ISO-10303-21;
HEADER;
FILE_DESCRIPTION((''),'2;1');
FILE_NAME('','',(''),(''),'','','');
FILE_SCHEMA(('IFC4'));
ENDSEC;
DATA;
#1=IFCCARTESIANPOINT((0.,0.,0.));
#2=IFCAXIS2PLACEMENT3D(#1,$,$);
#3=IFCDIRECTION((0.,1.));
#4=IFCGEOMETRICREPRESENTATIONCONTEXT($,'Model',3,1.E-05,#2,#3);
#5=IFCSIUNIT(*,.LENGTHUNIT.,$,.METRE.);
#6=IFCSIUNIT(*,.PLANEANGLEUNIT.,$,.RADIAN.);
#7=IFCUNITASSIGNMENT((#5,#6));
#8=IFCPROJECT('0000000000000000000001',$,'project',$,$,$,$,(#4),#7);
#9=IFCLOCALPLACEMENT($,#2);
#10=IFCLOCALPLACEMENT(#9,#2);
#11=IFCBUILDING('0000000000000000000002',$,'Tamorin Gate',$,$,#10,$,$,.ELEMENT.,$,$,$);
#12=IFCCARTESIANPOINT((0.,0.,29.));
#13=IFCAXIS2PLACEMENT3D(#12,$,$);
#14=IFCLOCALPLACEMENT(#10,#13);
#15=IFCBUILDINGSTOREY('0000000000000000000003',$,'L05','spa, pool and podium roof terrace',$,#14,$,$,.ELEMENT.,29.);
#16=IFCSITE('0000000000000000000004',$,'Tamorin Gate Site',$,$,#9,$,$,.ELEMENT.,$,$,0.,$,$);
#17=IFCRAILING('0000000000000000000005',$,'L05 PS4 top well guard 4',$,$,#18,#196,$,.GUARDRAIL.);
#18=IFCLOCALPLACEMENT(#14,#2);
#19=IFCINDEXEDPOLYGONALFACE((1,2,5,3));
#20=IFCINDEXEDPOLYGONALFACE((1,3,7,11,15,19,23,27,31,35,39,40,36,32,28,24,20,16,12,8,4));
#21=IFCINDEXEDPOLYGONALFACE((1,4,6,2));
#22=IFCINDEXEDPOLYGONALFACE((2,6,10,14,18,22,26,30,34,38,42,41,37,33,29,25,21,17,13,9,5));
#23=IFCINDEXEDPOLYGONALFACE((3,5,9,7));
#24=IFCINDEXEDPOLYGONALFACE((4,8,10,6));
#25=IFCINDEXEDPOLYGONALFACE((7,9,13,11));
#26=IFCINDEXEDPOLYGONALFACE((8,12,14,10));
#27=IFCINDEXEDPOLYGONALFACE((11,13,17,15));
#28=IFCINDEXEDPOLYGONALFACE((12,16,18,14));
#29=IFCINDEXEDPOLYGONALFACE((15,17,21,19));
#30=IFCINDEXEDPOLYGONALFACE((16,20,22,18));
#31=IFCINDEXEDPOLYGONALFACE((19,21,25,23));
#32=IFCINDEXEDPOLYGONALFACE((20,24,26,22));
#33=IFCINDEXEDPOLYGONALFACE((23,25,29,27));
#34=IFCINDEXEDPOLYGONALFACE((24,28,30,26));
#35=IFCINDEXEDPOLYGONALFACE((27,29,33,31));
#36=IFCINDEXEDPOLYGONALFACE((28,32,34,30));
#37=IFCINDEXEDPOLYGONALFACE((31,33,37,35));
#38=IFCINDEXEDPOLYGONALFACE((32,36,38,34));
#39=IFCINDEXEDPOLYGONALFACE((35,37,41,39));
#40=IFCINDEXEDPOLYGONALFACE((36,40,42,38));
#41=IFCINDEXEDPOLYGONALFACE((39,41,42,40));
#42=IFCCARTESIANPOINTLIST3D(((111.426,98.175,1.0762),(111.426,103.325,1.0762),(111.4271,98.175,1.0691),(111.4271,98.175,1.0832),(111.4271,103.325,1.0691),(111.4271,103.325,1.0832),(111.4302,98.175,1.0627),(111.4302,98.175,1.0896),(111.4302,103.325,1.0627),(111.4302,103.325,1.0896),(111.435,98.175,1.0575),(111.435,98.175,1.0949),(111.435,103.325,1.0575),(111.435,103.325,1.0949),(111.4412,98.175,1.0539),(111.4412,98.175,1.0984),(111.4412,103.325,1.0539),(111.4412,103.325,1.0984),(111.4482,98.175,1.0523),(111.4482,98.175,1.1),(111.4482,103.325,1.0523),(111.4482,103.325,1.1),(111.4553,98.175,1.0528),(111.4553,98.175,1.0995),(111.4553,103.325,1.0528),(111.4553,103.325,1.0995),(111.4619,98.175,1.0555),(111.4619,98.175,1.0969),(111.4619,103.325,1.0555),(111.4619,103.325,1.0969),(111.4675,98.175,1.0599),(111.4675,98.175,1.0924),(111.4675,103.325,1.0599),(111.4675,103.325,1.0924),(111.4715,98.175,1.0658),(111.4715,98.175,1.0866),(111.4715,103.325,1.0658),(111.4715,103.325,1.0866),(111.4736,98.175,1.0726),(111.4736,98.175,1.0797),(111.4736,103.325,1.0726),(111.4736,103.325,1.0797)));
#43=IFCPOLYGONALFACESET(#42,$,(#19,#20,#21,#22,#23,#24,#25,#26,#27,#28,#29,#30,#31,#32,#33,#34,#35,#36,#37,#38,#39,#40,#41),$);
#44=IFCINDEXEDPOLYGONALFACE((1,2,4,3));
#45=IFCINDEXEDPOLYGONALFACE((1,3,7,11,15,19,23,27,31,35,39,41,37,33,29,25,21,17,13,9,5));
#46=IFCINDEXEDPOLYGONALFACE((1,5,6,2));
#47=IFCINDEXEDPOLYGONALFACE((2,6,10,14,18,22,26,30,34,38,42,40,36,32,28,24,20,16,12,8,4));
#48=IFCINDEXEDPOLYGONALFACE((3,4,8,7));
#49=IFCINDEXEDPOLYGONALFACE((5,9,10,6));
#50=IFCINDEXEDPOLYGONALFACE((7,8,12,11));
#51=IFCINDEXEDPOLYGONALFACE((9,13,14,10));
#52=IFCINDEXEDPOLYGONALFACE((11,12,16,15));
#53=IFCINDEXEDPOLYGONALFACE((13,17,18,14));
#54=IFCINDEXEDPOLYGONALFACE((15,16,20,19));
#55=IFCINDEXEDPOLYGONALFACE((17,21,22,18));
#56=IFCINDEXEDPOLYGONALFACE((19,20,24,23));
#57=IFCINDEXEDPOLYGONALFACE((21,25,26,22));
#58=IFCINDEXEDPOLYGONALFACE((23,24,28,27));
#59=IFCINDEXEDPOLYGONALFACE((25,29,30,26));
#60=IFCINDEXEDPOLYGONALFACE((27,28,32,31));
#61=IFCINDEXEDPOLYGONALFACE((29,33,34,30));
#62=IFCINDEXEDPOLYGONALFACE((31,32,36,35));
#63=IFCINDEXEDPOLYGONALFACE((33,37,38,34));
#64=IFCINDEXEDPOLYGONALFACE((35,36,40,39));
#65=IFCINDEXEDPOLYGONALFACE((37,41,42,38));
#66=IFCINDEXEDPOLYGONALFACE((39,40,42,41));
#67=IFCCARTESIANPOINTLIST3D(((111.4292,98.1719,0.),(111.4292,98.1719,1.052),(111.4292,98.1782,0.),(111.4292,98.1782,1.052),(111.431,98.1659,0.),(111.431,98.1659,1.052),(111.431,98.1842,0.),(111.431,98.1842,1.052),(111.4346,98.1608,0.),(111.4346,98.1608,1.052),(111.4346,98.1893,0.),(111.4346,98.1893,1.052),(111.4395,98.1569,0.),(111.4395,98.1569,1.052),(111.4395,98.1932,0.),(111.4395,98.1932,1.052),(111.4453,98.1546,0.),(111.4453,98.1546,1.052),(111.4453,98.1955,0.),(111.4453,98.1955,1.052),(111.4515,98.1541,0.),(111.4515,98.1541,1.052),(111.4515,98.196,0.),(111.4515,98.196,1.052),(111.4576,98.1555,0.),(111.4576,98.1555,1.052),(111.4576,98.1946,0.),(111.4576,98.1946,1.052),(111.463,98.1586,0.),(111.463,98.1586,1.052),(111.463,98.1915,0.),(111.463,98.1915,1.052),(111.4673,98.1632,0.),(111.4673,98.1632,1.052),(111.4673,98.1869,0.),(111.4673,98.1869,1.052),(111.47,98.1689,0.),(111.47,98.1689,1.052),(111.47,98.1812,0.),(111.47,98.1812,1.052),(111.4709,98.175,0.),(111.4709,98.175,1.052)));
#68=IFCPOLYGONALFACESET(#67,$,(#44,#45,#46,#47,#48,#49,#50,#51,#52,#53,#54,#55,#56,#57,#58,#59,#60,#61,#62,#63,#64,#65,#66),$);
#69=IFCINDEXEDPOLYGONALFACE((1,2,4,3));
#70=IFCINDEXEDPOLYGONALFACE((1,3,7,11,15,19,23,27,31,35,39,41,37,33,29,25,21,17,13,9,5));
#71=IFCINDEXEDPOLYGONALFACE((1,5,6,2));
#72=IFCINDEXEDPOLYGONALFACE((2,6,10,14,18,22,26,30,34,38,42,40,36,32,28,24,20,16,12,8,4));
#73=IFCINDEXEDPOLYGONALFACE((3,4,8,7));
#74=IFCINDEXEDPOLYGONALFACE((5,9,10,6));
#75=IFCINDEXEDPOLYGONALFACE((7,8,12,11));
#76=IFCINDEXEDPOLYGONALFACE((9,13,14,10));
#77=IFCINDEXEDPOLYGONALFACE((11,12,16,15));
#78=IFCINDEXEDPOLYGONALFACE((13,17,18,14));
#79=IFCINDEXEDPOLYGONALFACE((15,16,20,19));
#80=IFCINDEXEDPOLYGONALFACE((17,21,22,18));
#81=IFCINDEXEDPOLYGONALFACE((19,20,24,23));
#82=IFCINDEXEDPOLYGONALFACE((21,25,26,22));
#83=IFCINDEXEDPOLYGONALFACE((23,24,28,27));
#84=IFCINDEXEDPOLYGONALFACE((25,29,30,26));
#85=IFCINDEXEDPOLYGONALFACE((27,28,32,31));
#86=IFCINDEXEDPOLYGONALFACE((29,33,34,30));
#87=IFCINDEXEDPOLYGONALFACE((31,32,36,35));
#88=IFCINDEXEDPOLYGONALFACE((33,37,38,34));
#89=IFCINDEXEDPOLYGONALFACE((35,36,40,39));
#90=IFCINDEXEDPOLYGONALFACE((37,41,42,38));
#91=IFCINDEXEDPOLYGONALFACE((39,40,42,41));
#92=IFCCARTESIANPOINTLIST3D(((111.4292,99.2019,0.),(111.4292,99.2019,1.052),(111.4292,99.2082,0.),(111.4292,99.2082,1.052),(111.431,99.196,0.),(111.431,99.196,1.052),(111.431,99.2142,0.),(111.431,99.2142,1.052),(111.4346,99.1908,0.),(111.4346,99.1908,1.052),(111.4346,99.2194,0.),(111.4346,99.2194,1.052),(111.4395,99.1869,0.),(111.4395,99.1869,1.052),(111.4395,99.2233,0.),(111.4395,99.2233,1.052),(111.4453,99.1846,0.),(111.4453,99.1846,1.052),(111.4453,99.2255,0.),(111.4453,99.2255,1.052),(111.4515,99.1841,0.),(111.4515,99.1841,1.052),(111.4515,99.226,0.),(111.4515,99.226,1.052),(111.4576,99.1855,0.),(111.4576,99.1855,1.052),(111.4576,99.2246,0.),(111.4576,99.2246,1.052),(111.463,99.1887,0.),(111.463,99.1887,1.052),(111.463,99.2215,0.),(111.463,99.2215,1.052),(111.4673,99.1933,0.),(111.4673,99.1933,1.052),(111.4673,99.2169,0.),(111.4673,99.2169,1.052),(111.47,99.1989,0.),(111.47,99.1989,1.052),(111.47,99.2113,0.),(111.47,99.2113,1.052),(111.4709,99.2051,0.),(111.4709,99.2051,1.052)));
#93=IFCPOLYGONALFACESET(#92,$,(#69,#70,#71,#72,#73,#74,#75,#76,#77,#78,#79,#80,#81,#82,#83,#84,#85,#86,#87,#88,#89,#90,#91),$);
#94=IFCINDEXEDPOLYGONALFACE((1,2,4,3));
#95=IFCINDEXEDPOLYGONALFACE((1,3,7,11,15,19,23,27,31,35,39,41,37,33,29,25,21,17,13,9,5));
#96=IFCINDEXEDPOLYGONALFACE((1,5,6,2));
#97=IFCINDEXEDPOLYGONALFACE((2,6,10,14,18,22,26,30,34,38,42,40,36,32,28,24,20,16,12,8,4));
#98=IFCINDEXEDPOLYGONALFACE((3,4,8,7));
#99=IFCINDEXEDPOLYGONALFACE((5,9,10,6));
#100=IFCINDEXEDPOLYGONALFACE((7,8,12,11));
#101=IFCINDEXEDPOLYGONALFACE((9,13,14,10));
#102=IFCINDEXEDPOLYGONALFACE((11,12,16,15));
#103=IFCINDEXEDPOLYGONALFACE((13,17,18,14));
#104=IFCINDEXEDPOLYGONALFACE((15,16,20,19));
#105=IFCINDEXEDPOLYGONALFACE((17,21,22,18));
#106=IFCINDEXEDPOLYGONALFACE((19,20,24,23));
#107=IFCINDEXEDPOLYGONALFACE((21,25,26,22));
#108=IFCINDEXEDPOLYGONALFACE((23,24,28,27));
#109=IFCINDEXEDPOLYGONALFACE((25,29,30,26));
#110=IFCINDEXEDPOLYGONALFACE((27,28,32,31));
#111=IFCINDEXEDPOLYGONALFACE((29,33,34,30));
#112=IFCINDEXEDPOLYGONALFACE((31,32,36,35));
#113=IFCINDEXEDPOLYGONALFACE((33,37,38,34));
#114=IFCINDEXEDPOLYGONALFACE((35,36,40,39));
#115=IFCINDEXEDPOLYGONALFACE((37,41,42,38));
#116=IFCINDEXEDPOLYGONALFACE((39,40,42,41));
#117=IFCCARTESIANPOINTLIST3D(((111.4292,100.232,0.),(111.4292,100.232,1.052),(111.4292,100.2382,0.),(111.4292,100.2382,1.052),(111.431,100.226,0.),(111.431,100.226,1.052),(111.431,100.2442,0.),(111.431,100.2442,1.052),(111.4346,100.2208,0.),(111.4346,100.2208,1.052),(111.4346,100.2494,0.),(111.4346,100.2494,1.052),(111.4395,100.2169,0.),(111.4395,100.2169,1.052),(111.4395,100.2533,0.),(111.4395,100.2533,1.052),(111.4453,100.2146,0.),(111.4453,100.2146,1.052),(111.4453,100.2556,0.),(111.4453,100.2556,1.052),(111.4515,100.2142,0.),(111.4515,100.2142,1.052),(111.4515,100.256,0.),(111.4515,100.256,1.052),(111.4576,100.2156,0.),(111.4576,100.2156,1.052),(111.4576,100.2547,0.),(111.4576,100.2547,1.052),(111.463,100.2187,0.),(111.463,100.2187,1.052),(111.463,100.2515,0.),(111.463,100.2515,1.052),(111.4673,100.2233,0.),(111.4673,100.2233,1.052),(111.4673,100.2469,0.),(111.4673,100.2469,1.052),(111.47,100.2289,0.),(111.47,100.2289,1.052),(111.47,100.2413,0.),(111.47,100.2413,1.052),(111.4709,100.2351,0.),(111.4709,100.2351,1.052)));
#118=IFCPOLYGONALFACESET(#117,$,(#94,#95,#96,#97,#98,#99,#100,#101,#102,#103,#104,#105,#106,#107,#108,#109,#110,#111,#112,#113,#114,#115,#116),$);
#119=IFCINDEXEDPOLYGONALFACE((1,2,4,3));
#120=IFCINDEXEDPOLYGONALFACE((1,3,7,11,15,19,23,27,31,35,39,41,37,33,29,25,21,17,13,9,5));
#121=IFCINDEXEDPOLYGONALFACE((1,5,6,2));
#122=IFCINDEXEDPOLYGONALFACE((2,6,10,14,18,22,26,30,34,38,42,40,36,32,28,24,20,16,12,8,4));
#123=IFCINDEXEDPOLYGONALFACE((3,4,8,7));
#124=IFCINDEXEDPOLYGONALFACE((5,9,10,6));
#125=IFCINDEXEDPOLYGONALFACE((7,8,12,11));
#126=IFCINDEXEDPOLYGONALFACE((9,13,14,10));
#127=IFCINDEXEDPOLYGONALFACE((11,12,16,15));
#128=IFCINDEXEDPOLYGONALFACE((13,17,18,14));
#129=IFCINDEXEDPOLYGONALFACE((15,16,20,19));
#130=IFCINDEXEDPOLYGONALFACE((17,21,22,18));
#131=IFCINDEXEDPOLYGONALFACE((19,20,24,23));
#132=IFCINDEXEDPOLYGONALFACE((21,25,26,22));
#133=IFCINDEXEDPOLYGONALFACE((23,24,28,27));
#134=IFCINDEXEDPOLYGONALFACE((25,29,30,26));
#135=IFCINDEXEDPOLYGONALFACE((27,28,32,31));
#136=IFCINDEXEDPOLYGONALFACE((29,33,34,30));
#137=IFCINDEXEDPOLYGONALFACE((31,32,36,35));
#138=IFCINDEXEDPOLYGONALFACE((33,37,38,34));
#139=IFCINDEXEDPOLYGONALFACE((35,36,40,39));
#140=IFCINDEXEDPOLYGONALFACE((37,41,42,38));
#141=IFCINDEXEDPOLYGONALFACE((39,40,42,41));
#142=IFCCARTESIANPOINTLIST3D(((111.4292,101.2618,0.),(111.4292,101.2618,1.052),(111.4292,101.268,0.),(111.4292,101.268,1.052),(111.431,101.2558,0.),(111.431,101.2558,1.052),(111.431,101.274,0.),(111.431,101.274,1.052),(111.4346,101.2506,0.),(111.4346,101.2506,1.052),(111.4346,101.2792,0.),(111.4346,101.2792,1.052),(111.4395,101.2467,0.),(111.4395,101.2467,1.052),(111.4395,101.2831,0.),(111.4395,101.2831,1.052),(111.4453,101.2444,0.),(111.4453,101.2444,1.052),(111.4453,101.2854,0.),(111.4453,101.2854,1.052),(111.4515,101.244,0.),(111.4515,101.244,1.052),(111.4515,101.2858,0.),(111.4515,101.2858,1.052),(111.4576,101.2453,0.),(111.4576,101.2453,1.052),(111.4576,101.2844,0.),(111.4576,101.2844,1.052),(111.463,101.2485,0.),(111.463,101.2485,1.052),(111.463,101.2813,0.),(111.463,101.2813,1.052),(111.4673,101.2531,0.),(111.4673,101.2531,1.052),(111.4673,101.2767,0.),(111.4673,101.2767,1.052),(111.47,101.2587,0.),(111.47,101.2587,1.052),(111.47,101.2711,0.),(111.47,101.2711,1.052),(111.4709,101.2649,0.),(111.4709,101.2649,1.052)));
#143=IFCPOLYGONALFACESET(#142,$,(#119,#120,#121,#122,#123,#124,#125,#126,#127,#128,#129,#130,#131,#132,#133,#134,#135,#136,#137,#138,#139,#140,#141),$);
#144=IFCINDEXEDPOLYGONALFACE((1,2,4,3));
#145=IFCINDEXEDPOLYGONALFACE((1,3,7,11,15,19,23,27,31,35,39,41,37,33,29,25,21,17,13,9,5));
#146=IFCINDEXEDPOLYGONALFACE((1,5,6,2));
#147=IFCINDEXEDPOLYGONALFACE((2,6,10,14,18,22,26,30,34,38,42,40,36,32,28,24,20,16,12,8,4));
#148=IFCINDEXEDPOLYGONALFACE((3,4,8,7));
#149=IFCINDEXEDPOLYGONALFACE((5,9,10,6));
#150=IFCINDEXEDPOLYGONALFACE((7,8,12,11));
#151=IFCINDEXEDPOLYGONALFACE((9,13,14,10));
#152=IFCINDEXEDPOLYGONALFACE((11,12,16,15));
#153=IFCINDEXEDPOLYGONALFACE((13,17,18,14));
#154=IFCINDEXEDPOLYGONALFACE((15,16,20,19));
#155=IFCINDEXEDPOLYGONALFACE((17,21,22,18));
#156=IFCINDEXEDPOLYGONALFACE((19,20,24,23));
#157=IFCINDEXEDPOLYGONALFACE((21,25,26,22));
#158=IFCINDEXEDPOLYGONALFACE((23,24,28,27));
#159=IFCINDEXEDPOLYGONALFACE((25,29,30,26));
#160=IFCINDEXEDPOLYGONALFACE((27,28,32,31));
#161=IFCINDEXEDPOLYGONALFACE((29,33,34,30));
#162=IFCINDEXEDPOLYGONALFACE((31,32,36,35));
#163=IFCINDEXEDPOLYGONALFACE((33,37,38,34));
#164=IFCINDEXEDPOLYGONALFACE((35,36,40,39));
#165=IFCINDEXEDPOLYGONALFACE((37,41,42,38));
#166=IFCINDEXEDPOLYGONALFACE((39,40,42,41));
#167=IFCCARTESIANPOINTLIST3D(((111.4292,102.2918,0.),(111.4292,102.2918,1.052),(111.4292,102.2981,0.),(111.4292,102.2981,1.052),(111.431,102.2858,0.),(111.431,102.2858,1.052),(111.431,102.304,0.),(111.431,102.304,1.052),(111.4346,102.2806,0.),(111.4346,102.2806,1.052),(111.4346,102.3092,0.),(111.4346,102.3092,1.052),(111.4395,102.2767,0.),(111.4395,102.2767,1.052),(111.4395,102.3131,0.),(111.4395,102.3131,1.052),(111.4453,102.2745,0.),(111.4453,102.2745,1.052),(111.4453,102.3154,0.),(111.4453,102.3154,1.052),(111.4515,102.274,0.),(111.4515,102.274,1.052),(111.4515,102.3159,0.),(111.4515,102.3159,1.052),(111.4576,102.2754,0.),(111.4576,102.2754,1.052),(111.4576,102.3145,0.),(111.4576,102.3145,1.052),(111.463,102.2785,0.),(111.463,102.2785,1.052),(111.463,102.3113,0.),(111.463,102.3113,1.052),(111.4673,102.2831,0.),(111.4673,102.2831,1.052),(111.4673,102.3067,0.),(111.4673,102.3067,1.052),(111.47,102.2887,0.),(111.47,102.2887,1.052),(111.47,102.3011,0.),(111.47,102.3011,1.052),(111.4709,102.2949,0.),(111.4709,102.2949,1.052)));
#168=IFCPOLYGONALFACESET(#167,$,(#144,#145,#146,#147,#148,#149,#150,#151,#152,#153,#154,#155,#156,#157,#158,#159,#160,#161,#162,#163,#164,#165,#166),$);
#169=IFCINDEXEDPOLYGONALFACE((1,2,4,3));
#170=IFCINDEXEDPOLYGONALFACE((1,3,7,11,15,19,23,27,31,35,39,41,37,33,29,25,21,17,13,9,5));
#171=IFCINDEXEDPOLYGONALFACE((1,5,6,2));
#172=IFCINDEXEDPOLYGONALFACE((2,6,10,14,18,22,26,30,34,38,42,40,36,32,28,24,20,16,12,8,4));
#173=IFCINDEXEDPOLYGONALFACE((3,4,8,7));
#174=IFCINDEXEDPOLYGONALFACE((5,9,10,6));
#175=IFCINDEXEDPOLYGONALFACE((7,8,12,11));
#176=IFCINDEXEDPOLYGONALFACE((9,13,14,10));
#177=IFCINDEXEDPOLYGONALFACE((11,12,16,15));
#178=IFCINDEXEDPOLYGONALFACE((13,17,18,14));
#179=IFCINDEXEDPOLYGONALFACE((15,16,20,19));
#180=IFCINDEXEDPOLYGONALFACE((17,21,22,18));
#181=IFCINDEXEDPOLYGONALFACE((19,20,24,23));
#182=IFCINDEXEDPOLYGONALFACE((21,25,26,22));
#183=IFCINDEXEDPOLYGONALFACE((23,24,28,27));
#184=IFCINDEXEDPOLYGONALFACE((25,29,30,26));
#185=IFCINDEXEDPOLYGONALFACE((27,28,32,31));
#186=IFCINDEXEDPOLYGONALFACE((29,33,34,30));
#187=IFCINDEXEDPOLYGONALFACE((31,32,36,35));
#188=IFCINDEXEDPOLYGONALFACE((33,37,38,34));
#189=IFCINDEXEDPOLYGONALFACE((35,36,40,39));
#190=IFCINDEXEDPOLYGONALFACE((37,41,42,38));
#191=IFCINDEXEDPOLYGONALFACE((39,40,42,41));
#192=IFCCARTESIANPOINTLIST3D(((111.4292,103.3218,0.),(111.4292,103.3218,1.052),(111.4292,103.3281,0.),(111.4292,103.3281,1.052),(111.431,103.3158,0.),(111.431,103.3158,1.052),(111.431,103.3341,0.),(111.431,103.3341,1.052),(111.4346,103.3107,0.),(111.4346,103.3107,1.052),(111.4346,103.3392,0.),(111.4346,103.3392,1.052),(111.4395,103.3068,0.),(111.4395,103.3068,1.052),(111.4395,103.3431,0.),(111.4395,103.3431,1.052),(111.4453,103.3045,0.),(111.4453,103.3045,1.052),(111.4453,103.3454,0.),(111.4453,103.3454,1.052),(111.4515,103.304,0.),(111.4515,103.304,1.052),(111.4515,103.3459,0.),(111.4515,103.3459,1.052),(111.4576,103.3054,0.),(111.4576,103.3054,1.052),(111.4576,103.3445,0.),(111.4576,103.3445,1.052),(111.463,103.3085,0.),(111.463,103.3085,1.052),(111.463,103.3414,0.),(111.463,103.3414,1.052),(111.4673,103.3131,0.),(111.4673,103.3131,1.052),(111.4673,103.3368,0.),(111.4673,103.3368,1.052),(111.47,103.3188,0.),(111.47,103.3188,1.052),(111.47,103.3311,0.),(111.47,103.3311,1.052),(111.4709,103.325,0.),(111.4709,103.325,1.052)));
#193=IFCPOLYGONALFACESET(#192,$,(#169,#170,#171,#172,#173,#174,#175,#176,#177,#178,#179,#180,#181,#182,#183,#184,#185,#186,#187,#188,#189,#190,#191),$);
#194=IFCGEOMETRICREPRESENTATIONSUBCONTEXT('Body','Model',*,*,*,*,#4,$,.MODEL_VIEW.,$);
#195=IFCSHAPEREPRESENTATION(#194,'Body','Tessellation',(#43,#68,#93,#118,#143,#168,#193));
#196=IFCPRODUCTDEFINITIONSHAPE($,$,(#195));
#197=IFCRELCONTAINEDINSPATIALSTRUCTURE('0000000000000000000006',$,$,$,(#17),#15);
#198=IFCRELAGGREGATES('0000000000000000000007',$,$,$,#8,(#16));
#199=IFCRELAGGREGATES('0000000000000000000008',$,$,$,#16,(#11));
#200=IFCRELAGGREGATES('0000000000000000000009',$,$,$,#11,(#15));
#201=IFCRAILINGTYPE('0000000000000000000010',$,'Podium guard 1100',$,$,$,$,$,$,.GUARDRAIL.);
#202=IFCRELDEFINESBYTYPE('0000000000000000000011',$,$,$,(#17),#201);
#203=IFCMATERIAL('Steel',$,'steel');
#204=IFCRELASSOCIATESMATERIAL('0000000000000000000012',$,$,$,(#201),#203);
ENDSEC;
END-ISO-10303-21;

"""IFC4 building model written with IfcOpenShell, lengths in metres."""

from ifc_helpers import new_model, si_unit, direction, frame, origin, origin_2d, place, context, subcontext, project, spatial, circle, extrude, material, type_object, element, save


model = new_model("IFC4")

# Units and contexts
model_context = context("Model", 3, precision=1e-05, world=origin(), true_north=direction((0.0, 1.0)))
body_context = subcontext(model_context, "Body", "Model", "MODEL_VIEW")
ifc_project = project(units=[si_unit("LENGTHUNIT", "METRE"), si_unit("PLANEANGLEUNIT", "RADIAN")], contexts=[model_context])

# Site, building, storey
site_placement = place(None, origin())
site = spatial("IfcSite", under=ifc_project, at=site_placement, Name="Tamorin Gate Site", CompositionType="ELEMENT", RefElevation=0.0)
building_placement = place(site_placement, origin())
building = spatial("IfcBuilding", under=site, at=building_placement, Name="Tamorin Gate", CompositionType="ELEMENT")
storey_placement = place(building_placement, frame((0.0, 0.0, 29.0)))
storey = spatial("IfcBuildingStorey", under=building, at=storey_placement, Name="L05", Description="spa, pool and podium roof terrace", CompositionType="ELEMENT", Elevation=29.0)

# Railing
ifc_material_1 = material(Name="Steel", Category="steel")
railing_type = type_object("IfcRailingType", Name="Podium guard 1100", PredefinedType="GUARDRAIL", material=ifc_material_1)
for number, where, name in (
    (1, (111.45, 98.175, 0.0), "L05 PS4 top well guard 4"),
):
    element("IfcRailing", number, at=place(storey_placement, frame(where)), inside=storey, type_object=railing_type, Name=name, PredefinedType="GUARDRAIL", context=body_context, shape_type="SweptSolid", body=[
        extrude(circle(Radius=0.0239, at=origin_2d()), frame((0.0, 0.0, 1.0762), z_axis=(0.0, 1.0, 0.0), x_axis=(-1.0, 0.0, 0.0)), (0.0, 0.0, 1.0), 5.1499),
        extrude(circle(Radius=0.021, at=origin_2d()), origin(), (0.0, 0.0, 1.0), 1.052),
        extrude(circle(Radius=0.021, at=origin_2d()), frame((0.0, 1.03, 0.0)), (0.0, 0.0, 1.0), 1.052),
        extrude(circle(Radius=0.021, at=origin_2d()), frame((0.0, 2.0601, 0.0)), (0.0, 0.0, 1.0), 1.052),
        extrude(circle(Radius=0.021, at=origin_2d()), frame((0.0, 3.0898, 0.0)), (0.0, 0.0, 1.0), 1.052),
        extrude(circle(Radius=0.021, at=origin_2d()), frame((0.0, 4.1199, 0.0)), (0.0, 0.0, 1.0), 1.052),
        extrude(circle(Radius=0.021, at=origin_2d()), frame((0.0, 5.1499, 0.0)), (0.0, 0.0, 1.0), 1.052),
    ])

save(model, "model.ifc")
